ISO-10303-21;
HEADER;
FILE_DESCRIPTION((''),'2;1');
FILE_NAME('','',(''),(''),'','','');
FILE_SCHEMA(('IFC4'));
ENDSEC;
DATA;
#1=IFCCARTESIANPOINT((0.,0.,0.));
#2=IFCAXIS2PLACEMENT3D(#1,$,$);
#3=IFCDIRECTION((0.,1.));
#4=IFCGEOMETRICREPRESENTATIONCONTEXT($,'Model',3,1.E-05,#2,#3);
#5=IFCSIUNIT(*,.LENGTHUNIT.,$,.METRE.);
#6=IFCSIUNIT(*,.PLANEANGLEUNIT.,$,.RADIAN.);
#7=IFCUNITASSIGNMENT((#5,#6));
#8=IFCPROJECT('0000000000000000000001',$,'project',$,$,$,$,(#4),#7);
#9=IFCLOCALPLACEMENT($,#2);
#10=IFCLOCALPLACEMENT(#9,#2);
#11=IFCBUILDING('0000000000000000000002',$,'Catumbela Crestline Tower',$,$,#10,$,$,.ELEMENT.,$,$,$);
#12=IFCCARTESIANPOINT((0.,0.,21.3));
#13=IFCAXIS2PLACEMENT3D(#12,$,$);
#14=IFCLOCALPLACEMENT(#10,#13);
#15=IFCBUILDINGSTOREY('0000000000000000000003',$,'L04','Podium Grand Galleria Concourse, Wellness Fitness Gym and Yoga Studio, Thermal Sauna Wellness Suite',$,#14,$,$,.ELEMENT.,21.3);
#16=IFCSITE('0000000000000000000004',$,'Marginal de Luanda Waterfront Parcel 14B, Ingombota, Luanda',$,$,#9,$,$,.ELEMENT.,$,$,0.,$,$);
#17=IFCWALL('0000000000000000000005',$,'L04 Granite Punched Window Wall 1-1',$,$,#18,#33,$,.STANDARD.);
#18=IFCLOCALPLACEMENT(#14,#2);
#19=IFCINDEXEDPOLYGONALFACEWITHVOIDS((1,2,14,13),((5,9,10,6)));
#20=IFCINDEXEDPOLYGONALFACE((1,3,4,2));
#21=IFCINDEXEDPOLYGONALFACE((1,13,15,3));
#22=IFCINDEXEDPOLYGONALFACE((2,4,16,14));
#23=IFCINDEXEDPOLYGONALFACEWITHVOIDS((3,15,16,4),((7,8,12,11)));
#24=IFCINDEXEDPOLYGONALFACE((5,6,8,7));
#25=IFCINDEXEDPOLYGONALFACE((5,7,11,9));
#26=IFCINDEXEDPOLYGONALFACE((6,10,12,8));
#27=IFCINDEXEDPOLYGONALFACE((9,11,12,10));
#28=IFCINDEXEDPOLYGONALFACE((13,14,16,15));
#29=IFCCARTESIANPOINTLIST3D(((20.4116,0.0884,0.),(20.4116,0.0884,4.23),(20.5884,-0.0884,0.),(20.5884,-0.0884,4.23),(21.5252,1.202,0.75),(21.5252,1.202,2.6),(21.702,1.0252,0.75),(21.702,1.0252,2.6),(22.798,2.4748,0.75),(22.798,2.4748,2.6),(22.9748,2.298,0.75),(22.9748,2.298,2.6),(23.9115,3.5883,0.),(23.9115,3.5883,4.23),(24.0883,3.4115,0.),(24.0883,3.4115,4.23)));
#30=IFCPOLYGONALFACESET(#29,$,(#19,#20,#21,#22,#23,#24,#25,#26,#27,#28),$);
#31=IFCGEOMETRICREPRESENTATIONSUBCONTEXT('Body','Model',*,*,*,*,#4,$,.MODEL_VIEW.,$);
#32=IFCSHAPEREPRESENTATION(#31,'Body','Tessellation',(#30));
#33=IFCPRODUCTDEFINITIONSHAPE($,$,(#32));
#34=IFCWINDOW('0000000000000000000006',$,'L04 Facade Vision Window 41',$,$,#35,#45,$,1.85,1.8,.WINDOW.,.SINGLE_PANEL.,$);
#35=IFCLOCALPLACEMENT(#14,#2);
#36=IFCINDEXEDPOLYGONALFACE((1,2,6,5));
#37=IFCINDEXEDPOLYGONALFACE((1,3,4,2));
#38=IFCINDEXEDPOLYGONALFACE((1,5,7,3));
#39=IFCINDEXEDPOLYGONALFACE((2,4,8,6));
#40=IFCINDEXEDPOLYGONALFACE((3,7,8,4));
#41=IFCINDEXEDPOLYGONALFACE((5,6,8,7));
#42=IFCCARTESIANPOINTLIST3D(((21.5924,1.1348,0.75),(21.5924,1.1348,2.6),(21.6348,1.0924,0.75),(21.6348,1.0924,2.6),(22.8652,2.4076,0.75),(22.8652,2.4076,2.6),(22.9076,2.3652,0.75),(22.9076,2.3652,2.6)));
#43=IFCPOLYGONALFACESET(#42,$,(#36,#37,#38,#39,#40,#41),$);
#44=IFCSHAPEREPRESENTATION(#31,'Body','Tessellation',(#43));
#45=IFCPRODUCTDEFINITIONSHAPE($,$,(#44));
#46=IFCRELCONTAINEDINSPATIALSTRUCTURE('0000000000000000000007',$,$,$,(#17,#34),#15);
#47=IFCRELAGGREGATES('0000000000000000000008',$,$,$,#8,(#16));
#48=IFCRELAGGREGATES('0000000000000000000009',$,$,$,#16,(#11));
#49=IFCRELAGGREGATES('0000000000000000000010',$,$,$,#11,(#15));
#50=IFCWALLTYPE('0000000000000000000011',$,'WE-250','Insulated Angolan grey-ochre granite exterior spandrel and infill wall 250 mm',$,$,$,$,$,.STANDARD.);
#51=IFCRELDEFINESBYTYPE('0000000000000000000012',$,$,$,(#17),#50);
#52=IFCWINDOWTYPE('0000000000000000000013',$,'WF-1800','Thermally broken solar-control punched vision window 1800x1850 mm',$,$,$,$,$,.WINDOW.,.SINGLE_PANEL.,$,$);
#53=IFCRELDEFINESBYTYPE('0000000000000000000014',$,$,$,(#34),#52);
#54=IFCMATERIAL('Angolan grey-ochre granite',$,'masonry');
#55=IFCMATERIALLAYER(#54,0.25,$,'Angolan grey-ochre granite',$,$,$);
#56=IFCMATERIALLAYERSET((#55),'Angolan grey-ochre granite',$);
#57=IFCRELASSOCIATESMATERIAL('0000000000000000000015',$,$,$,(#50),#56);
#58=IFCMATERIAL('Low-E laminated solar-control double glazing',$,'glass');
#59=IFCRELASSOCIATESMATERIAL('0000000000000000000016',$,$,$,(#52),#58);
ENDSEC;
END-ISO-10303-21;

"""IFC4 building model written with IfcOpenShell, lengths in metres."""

from ifc_helpers import new_model, si_unit, direction, frame, frame_2d, origin, place, context, subcontext, project, spatial, rectangle, extrude, material, layer, layer_set, type_object, element, fill, save


model = new_model("IFC4")

# Units and contexts
model_context = context("Model", 3, precision=1e-05, world=origin(), true_north=direction((0.0, 1.0)))
body_context = subcontext(model_context, "Body", "Model", "MODEL_VIEW")
ifc_project = project(units=[si_unit("LENGTHUNIT", "METRE"), si_unit("PLANEANGLEUNIT", "RADIAN")], contexts=[model_context])

# Site, building, storey
site_placement = place(None, origin())
site = spatial("IfcSite", under=ifc_project, at=site_placement, Name="Marginal de Luanda Waterfront Parcel 14B, Ingombota, Luanda", CompositionType="ELEMENT", RefElevation=0.0)
building_placement = place(site_placement, origin())
building = spatial("IfcBuilding", under=site, at=building_placement, Name="Catumbela Crestline Tower", CompositionType="ELEMENT")
storey_placement = place(building_placement, frame((0.0, 0.0, 21.3)))
storey = spatial("IfcBuildingStorey", under=building, at=storey_placement, Name="L04", Description="Podium Grand Galleria Concourse, Wellness Fitness Gym and Yoga Studio, Thermal Sauna Wellness Suite", CompositionType="ELEMENT", Elevation=21.3)

# Shared definitions
ifc_material_1 = material(Name="Low-E laminated solar-control double glazing", Category="glass")

# Wall, opening, window
ifc_material_2 = material(Name="Angolan grey-ochre granite", Category="masonry")
ifc_layer_1 = layer(ifc_material_2, 0.25, Name="Angolan grey-ochre granite")
ifc_layer_set_1 = layer_set([ifc_layer_1], Name="Angolan grey-ochre granite")
wall_type_1 = type_object("IfcWallType", Name="WE-250", Description="Insulated Angolan grey-ochre granite exterior spandrel and infill wall 250 mm", PredefinedType="STANDARD", material=ifc_layer_set_1)
wall_1_placement = place(storey_placement, frame((20.5, 0.0, 0.0), z_axis=(0.0, 0.0, 1.0), x_axis=(0.707107, 0.707107, 0.0)))
wall_1 = element("IfcWall", 1, at=wall_1_placement, inside=storey, type_object=wall_type_1, Name="L04 Granite Punched Window Wall 1-1", PredefinedType="STANDARD", context=body_context, shape_type="SweptSolid", body=[
    extrude(rectangle(XDim=4.9497, YDim=0.25, at=frame_2d((2.4748, 0.0))), origin(), (0.0, 0.0, 1.0), 4.23),
])
opening_1_placement = place(wall_1_placement, frame((1.5749, 0.0, 0.75)))
opening_1 = element("IfcOpeningElement", 2, at=opening_1_placement, cuts=wall_1, PredefinedType="OPENING", context=body_context, shape_type="SweptSolid", body=[
    extrude(rectangle(XDim=1.8, YDim=1.85, at=frame_2d((0.9, 0.925))), frame((0.0, 0.135, 0.0), z_axis=(0.0, -1.0, 0.0), x_axis=(1.0, 0.0, 0.0)), (0.0, 0.0, 1.0), 0.27),
])
window_type = type_object("IfcWindowType", Name="WF-1800", Description="Thermally broken solar-control punched vision window 1800x1850 mm", PartitioningType="SINGLE_PANEL", PredefinedType="WINDOW", material=ifc_material_1)
window_placement = place(opening_1_placement, origin())
window = element("IfcWindow", 3, at=window_placement, inside=storey, type_object=window_type, Name="L04 Facade Vision Window 41", OverallHeight=1.85, OverallWidth=1.8, PartitioningType="SINGLE_PANEL", PredefinedType="WINDOW", context=body_context, shape_type="SweptSolid", body=[
    extrude(rectangle(XDim=1.8, YDim=1.85, at=frame_2d((0.9, 0.925))), frame((0.0, 0.03, 0.0), z_axis=(0.0, -1.0, 0.0), x_axis=(1.0, 0.0, 0.0)), (0.0, 0.0, 1.0), 0.06),
])
fill(opening_1, window)

save(model, "model.ifc")
